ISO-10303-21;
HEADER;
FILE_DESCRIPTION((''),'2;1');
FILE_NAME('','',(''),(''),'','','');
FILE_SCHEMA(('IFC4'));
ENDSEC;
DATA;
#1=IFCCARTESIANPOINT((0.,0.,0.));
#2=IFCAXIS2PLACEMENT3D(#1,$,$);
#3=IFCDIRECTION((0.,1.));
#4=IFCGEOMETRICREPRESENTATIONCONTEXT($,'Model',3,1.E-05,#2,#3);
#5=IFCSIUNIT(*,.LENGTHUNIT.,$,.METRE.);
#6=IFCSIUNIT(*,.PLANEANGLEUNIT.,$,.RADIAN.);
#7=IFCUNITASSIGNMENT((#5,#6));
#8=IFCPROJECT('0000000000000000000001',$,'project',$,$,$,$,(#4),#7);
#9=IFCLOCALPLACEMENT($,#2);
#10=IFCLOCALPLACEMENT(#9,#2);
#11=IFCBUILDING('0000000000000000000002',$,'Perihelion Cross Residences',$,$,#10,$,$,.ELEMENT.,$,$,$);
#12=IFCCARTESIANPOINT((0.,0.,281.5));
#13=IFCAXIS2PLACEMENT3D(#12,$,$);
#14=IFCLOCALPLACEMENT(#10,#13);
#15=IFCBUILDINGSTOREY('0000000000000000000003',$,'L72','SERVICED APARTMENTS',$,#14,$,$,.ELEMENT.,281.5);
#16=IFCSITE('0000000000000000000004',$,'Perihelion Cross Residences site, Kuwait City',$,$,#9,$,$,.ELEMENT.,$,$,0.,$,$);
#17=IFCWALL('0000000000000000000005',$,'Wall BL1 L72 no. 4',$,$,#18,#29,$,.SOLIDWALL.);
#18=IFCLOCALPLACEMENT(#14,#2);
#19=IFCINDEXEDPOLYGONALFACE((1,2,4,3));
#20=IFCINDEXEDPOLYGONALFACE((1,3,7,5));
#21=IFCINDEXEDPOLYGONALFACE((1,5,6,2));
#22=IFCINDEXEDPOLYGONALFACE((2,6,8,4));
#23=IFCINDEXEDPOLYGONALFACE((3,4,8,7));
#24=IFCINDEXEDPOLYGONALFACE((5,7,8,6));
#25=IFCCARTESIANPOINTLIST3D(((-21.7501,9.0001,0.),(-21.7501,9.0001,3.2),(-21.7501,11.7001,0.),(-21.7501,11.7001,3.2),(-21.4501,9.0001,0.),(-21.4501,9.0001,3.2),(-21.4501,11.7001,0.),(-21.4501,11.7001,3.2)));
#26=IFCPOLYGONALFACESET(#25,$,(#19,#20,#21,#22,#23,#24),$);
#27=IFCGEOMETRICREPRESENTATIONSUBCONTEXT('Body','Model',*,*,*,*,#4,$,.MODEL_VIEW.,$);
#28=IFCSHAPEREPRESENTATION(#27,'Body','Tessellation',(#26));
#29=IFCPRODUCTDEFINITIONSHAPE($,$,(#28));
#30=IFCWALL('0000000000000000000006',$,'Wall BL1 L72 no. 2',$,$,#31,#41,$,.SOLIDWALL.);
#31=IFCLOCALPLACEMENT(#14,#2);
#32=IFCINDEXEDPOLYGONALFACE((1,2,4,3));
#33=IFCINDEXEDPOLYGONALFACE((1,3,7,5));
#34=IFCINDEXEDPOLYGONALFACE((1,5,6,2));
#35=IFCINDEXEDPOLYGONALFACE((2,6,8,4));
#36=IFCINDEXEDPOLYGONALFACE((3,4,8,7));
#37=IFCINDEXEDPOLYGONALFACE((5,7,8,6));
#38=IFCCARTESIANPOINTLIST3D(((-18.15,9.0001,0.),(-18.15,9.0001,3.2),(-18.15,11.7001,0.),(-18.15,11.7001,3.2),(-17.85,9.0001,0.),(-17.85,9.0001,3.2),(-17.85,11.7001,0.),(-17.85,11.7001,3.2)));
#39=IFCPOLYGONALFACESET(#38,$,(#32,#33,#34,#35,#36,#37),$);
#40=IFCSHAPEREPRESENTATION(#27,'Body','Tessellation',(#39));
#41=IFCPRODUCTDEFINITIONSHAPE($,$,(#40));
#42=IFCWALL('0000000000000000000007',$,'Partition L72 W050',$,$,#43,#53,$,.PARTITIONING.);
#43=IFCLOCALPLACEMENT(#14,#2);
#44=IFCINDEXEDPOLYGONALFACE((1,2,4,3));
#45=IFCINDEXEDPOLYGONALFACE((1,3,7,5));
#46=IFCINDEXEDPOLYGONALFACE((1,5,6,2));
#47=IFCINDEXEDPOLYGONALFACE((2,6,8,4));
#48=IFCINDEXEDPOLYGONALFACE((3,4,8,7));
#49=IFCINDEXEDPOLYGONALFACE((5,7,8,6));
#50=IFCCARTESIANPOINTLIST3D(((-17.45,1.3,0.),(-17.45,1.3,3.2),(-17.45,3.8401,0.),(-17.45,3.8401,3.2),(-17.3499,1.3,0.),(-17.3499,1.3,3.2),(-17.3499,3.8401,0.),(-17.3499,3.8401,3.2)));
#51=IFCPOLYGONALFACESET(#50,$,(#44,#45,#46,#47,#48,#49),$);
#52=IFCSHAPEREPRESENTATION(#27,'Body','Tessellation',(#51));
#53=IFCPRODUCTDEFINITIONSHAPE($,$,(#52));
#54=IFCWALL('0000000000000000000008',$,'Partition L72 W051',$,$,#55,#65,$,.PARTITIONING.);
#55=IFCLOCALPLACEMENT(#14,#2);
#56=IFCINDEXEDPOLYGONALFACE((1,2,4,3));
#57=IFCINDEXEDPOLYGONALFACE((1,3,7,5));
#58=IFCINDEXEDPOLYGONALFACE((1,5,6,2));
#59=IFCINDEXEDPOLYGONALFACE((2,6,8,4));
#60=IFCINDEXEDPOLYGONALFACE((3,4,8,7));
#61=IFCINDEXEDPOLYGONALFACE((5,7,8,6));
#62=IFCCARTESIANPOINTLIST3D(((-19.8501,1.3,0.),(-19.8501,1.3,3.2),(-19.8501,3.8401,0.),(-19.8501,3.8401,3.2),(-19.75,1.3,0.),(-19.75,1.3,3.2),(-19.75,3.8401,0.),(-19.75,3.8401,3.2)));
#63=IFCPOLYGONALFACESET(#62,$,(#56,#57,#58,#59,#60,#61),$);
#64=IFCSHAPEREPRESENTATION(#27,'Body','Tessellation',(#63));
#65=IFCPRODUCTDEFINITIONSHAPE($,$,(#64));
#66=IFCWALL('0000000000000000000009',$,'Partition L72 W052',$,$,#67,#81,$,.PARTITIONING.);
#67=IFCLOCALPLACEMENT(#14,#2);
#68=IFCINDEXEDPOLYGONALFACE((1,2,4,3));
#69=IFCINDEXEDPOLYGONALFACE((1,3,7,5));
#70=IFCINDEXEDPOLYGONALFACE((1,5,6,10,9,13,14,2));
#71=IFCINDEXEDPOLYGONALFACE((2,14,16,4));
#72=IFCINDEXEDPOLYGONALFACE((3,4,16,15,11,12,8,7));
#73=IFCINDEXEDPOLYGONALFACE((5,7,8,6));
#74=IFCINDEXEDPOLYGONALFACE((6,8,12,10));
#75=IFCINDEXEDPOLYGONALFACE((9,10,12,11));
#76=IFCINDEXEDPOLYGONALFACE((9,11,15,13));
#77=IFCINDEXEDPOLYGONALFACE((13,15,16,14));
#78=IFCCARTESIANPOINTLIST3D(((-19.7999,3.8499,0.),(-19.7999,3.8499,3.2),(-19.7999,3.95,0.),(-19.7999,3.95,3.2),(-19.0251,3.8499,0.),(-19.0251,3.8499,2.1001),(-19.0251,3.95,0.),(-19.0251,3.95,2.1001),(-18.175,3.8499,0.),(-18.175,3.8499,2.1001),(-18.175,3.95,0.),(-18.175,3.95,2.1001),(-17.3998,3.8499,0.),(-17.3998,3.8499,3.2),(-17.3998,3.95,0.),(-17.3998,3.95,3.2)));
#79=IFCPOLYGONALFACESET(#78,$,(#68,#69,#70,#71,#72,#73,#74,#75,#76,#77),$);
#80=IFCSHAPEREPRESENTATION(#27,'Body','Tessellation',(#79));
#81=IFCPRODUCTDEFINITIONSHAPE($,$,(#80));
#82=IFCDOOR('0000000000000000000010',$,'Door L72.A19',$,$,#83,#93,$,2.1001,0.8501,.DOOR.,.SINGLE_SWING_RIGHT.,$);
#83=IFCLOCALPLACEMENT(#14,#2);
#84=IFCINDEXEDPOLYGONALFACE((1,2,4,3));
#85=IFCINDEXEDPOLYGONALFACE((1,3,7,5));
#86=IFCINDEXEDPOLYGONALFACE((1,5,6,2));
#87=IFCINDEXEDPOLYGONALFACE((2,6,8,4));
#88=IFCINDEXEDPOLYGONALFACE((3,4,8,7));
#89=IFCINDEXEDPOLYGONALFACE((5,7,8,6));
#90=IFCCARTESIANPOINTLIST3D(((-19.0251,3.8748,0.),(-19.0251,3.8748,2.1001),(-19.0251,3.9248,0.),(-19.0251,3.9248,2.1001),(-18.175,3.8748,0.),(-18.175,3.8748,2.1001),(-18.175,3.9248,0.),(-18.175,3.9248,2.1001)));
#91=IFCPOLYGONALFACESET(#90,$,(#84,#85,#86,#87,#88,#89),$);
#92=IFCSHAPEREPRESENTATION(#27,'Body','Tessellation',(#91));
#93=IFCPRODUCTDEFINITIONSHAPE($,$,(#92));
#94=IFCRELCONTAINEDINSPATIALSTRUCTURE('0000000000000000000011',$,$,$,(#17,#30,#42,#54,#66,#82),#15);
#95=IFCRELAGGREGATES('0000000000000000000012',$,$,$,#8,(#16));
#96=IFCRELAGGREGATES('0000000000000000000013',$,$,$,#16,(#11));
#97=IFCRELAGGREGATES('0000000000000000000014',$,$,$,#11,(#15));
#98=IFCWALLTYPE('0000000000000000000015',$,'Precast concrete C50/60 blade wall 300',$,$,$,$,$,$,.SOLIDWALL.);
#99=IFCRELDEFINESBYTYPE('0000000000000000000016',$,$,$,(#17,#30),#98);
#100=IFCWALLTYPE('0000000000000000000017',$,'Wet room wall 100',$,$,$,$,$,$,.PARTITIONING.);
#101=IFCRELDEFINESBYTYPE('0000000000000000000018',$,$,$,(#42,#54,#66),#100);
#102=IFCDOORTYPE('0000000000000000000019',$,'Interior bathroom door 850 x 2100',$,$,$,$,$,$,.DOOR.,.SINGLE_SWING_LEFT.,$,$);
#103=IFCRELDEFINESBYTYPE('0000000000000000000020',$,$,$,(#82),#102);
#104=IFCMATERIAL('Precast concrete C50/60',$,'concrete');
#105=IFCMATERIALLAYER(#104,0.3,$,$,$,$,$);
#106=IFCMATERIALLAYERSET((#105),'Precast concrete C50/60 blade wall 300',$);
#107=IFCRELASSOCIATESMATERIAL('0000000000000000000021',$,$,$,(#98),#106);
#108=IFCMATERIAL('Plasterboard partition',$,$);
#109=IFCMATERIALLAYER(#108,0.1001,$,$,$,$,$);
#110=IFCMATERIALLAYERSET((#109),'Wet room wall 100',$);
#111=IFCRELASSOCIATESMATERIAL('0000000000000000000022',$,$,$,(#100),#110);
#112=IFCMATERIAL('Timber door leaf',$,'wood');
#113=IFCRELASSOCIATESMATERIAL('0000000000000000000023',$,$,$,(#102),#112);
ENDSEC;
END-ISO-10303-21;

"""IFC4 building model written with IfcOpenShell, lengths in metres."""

from ifc_helpers import new_model, si_unit, direction, frame, frame_2d, origin, place, context, subcontext, project, spatial, rectangle, extrude, material, layer, layer_set, type_object, element, fill, save


model = new_model("IFC4")

# Units and contexts
model_context = context("Model", 3, precision=1e-05, world=origin(), true_north=direction((0.0, 1.0)))
body_context = subcontext(model_context, "Body", "Model", "MODEL_VIEW")
ifc_project = project(units=[si_unit("LENGTHUNIT", "METRE"), si_unit("PLANEANGLEUNIT", "RADIAN")], contexts=[model_context])

# Site, building, storey
site_placement = place(None, origin())
site = spatial("IfcSite", under=ifc_project, at=site_placement, Name="Perihelion Cross Residences site, Kuwait City", CompositionType="ELEMENT", RefElevation=0.0)
building_placement = place(site_placement, origin())
building = spatial("IfcBuilding", under=site, at=building_placement, Name="Perihelion Cross Residences", CompositionType="ELEMENT")
storey_placement = place(building_placement, frame((0.0, 0.0, 281.5)))
storey = spatial("IfcBuildingStorey", under=building, at=storey_placement, Name="L72", Description="SERVICED APARTMENTS", CompositionType="ELEMENT", Elevation=281.5)

# Walls
ifc_material_1 = material(Name="Precast concrete C50/60", Category="concrete")
ifc_layer_1 = layer(ifc_material_1, 0.3)
ifc_layer_set_1 = layer_set([ifc_layer_1], Name="Precast concrete C50/60 blade wall 300")
wall_type_1 = type_object("IfcWallType", Name="Precast concrete C50/60 blade wall 300", PredefinedType="SOLIDWALL", material=ifc_layer_set_1)
for number, where, z_axis, x_axis, name in (
    (1, (-21.6001, 9.0, 0.0), (0.0, 0.0, 1.0), (0.0, 1.0, 0.0), "Wall BL1 L72 no. 4"),
    (2, (-18.0, 9.0, 0.0), (0.0, 0.0, 1.0), (0.0, 1.0, 0.0), "Wall BL1 L72 no. 2"),
):
    element("IfcWall", number, at=place(storey_placement, frame(where, z_axis=z_axis, x_axis=x_axis)), inside=storey, type_object=wall_type_1, Name=name, PredefinedType="SOLIDWALL", context=body_context, shape_type="SweptSolid", body=[
        extrude(rectangle(XDim=2.7, YDim=0.3, at=frame_2d((1.3501, 0.0))), origin(), (0.0, 0.0, 1.0), 3.2),
    ])
ifc_material_2 = material(Name="Plasterboard partition")
ifc_layer_2 = layer(ifc_material_2, 0.1001)
ifc_layer_set_2 = layer_set([ifc_layer_2], Name="Wet room wall 100")
wall_type_2 = type_object("IfcWallType", Name="Wet room wall 100", PredefinedType="PARTITIONING", material=ifc_layer_set_2)
for number, where, z_axis, x_axis, name in (
    (3, (-17.3999, 1.3, 0.0), (0.0, 0.0, 1.0), (0.0, 1.0, 0.0), "Partition L72 W050"),
    (4, (-19.8, 1.3, 0.0), (0.0, 0.0, 1.0), (0.0, 1.0, 0.0), "Partition L72 W051"),
):
    element("IfcWall", number, at=place(storey_placement, frame(where, z_axis=z_axis, x_axis=x_axis)), inside=storey, type_object=wall_type_2, Name=name, PredefinedType="PARTITIONING", context=body_context, shape_type="SweptSolid", body=[
        extrude(rectangle(XDim=2.54, YDim=0.1001, at=frame_2d((1.27, 0.0))), origin(), (0.0, 0.0, 1.0), 3.2),
    ])

# Wall, opening, door
wall_1_placement = place(storey_placement, frame((-19.8, 3.8999, 0.0), z_axis=(0.0, 0.0, 1.0), x_axis=(1.0, 0.0, 0.0)))
wall_1 = element("IfcWall", 5, at=wall_1_placement, inside=storey, type_object=wall_type_2, Name="Partition L72 W052", PredefinedType="PARTITIONING", context=body_context, shape_type="SweptSolid", body=[
    extrude(rectangle(XDim=2.4001, YDim=0.1001, at=frame_2d((1.2002, 0.0))), origin(), (0.0, 0.0, 1.0), 3.2),
])
opening_1_placement = place(wall_1_placement, frame((0.7749, 0.0, 0.0)))
opening_1 = element("IfcOpeningElement", 6, at=opening_1_placement, cuts=wall_1, PredefinedType="OPENING", context=body_context, shape_type="SweptSolid", body=[
    extrude(rectangle(XDim=0.8501, YDim=2.1001, at=frame_2d((0.425, 1.05))), frame((0.0, 0.0601, 0.0), z_axis=(0.0, -1.0, 0.0), x_axis=(1.0, 0.0, 0.0)), (0.0, 0.0, 1.0), 0.1201),
])
ifc_material_3 = material(Name="Timber door leaf", Category="wood")
door_type_1 = type_object("IfcDoorType", Name="Interior bathroom door 850 x 2100", OperationType="SINGLE_SWING_LEFT", PredefinedType="DOOR", material=ifc_material_3)
door_1_placement = place(opening_1_placement, origin())
door_1 = element("IfcDoor", 7, at=door_1_placement, inside=storey, type_object=door_type_1, Name="Door L72.A19", OperationType="SINGLE_SWING_RIGHT", OverallHeight=2.1001, OverallWidth=0.8501, PredefinedType="DOOR", context=body_context, shape_type="SweptSolid", body=[
    extrude(rectangle(XDim=0.8501, YDim=2.1001, at=frame_2d((0.425, 1.05))), frame((0.0, 0.0249, 0.0), z_axis=(0.0, -1.0, 0.0), x_axis=(1.0, 0.0, 0.0)), (0.0, 0.0, 1.0), 0.05),
])
fill(opening_1, door_1)

save(model, "model.ifc")
